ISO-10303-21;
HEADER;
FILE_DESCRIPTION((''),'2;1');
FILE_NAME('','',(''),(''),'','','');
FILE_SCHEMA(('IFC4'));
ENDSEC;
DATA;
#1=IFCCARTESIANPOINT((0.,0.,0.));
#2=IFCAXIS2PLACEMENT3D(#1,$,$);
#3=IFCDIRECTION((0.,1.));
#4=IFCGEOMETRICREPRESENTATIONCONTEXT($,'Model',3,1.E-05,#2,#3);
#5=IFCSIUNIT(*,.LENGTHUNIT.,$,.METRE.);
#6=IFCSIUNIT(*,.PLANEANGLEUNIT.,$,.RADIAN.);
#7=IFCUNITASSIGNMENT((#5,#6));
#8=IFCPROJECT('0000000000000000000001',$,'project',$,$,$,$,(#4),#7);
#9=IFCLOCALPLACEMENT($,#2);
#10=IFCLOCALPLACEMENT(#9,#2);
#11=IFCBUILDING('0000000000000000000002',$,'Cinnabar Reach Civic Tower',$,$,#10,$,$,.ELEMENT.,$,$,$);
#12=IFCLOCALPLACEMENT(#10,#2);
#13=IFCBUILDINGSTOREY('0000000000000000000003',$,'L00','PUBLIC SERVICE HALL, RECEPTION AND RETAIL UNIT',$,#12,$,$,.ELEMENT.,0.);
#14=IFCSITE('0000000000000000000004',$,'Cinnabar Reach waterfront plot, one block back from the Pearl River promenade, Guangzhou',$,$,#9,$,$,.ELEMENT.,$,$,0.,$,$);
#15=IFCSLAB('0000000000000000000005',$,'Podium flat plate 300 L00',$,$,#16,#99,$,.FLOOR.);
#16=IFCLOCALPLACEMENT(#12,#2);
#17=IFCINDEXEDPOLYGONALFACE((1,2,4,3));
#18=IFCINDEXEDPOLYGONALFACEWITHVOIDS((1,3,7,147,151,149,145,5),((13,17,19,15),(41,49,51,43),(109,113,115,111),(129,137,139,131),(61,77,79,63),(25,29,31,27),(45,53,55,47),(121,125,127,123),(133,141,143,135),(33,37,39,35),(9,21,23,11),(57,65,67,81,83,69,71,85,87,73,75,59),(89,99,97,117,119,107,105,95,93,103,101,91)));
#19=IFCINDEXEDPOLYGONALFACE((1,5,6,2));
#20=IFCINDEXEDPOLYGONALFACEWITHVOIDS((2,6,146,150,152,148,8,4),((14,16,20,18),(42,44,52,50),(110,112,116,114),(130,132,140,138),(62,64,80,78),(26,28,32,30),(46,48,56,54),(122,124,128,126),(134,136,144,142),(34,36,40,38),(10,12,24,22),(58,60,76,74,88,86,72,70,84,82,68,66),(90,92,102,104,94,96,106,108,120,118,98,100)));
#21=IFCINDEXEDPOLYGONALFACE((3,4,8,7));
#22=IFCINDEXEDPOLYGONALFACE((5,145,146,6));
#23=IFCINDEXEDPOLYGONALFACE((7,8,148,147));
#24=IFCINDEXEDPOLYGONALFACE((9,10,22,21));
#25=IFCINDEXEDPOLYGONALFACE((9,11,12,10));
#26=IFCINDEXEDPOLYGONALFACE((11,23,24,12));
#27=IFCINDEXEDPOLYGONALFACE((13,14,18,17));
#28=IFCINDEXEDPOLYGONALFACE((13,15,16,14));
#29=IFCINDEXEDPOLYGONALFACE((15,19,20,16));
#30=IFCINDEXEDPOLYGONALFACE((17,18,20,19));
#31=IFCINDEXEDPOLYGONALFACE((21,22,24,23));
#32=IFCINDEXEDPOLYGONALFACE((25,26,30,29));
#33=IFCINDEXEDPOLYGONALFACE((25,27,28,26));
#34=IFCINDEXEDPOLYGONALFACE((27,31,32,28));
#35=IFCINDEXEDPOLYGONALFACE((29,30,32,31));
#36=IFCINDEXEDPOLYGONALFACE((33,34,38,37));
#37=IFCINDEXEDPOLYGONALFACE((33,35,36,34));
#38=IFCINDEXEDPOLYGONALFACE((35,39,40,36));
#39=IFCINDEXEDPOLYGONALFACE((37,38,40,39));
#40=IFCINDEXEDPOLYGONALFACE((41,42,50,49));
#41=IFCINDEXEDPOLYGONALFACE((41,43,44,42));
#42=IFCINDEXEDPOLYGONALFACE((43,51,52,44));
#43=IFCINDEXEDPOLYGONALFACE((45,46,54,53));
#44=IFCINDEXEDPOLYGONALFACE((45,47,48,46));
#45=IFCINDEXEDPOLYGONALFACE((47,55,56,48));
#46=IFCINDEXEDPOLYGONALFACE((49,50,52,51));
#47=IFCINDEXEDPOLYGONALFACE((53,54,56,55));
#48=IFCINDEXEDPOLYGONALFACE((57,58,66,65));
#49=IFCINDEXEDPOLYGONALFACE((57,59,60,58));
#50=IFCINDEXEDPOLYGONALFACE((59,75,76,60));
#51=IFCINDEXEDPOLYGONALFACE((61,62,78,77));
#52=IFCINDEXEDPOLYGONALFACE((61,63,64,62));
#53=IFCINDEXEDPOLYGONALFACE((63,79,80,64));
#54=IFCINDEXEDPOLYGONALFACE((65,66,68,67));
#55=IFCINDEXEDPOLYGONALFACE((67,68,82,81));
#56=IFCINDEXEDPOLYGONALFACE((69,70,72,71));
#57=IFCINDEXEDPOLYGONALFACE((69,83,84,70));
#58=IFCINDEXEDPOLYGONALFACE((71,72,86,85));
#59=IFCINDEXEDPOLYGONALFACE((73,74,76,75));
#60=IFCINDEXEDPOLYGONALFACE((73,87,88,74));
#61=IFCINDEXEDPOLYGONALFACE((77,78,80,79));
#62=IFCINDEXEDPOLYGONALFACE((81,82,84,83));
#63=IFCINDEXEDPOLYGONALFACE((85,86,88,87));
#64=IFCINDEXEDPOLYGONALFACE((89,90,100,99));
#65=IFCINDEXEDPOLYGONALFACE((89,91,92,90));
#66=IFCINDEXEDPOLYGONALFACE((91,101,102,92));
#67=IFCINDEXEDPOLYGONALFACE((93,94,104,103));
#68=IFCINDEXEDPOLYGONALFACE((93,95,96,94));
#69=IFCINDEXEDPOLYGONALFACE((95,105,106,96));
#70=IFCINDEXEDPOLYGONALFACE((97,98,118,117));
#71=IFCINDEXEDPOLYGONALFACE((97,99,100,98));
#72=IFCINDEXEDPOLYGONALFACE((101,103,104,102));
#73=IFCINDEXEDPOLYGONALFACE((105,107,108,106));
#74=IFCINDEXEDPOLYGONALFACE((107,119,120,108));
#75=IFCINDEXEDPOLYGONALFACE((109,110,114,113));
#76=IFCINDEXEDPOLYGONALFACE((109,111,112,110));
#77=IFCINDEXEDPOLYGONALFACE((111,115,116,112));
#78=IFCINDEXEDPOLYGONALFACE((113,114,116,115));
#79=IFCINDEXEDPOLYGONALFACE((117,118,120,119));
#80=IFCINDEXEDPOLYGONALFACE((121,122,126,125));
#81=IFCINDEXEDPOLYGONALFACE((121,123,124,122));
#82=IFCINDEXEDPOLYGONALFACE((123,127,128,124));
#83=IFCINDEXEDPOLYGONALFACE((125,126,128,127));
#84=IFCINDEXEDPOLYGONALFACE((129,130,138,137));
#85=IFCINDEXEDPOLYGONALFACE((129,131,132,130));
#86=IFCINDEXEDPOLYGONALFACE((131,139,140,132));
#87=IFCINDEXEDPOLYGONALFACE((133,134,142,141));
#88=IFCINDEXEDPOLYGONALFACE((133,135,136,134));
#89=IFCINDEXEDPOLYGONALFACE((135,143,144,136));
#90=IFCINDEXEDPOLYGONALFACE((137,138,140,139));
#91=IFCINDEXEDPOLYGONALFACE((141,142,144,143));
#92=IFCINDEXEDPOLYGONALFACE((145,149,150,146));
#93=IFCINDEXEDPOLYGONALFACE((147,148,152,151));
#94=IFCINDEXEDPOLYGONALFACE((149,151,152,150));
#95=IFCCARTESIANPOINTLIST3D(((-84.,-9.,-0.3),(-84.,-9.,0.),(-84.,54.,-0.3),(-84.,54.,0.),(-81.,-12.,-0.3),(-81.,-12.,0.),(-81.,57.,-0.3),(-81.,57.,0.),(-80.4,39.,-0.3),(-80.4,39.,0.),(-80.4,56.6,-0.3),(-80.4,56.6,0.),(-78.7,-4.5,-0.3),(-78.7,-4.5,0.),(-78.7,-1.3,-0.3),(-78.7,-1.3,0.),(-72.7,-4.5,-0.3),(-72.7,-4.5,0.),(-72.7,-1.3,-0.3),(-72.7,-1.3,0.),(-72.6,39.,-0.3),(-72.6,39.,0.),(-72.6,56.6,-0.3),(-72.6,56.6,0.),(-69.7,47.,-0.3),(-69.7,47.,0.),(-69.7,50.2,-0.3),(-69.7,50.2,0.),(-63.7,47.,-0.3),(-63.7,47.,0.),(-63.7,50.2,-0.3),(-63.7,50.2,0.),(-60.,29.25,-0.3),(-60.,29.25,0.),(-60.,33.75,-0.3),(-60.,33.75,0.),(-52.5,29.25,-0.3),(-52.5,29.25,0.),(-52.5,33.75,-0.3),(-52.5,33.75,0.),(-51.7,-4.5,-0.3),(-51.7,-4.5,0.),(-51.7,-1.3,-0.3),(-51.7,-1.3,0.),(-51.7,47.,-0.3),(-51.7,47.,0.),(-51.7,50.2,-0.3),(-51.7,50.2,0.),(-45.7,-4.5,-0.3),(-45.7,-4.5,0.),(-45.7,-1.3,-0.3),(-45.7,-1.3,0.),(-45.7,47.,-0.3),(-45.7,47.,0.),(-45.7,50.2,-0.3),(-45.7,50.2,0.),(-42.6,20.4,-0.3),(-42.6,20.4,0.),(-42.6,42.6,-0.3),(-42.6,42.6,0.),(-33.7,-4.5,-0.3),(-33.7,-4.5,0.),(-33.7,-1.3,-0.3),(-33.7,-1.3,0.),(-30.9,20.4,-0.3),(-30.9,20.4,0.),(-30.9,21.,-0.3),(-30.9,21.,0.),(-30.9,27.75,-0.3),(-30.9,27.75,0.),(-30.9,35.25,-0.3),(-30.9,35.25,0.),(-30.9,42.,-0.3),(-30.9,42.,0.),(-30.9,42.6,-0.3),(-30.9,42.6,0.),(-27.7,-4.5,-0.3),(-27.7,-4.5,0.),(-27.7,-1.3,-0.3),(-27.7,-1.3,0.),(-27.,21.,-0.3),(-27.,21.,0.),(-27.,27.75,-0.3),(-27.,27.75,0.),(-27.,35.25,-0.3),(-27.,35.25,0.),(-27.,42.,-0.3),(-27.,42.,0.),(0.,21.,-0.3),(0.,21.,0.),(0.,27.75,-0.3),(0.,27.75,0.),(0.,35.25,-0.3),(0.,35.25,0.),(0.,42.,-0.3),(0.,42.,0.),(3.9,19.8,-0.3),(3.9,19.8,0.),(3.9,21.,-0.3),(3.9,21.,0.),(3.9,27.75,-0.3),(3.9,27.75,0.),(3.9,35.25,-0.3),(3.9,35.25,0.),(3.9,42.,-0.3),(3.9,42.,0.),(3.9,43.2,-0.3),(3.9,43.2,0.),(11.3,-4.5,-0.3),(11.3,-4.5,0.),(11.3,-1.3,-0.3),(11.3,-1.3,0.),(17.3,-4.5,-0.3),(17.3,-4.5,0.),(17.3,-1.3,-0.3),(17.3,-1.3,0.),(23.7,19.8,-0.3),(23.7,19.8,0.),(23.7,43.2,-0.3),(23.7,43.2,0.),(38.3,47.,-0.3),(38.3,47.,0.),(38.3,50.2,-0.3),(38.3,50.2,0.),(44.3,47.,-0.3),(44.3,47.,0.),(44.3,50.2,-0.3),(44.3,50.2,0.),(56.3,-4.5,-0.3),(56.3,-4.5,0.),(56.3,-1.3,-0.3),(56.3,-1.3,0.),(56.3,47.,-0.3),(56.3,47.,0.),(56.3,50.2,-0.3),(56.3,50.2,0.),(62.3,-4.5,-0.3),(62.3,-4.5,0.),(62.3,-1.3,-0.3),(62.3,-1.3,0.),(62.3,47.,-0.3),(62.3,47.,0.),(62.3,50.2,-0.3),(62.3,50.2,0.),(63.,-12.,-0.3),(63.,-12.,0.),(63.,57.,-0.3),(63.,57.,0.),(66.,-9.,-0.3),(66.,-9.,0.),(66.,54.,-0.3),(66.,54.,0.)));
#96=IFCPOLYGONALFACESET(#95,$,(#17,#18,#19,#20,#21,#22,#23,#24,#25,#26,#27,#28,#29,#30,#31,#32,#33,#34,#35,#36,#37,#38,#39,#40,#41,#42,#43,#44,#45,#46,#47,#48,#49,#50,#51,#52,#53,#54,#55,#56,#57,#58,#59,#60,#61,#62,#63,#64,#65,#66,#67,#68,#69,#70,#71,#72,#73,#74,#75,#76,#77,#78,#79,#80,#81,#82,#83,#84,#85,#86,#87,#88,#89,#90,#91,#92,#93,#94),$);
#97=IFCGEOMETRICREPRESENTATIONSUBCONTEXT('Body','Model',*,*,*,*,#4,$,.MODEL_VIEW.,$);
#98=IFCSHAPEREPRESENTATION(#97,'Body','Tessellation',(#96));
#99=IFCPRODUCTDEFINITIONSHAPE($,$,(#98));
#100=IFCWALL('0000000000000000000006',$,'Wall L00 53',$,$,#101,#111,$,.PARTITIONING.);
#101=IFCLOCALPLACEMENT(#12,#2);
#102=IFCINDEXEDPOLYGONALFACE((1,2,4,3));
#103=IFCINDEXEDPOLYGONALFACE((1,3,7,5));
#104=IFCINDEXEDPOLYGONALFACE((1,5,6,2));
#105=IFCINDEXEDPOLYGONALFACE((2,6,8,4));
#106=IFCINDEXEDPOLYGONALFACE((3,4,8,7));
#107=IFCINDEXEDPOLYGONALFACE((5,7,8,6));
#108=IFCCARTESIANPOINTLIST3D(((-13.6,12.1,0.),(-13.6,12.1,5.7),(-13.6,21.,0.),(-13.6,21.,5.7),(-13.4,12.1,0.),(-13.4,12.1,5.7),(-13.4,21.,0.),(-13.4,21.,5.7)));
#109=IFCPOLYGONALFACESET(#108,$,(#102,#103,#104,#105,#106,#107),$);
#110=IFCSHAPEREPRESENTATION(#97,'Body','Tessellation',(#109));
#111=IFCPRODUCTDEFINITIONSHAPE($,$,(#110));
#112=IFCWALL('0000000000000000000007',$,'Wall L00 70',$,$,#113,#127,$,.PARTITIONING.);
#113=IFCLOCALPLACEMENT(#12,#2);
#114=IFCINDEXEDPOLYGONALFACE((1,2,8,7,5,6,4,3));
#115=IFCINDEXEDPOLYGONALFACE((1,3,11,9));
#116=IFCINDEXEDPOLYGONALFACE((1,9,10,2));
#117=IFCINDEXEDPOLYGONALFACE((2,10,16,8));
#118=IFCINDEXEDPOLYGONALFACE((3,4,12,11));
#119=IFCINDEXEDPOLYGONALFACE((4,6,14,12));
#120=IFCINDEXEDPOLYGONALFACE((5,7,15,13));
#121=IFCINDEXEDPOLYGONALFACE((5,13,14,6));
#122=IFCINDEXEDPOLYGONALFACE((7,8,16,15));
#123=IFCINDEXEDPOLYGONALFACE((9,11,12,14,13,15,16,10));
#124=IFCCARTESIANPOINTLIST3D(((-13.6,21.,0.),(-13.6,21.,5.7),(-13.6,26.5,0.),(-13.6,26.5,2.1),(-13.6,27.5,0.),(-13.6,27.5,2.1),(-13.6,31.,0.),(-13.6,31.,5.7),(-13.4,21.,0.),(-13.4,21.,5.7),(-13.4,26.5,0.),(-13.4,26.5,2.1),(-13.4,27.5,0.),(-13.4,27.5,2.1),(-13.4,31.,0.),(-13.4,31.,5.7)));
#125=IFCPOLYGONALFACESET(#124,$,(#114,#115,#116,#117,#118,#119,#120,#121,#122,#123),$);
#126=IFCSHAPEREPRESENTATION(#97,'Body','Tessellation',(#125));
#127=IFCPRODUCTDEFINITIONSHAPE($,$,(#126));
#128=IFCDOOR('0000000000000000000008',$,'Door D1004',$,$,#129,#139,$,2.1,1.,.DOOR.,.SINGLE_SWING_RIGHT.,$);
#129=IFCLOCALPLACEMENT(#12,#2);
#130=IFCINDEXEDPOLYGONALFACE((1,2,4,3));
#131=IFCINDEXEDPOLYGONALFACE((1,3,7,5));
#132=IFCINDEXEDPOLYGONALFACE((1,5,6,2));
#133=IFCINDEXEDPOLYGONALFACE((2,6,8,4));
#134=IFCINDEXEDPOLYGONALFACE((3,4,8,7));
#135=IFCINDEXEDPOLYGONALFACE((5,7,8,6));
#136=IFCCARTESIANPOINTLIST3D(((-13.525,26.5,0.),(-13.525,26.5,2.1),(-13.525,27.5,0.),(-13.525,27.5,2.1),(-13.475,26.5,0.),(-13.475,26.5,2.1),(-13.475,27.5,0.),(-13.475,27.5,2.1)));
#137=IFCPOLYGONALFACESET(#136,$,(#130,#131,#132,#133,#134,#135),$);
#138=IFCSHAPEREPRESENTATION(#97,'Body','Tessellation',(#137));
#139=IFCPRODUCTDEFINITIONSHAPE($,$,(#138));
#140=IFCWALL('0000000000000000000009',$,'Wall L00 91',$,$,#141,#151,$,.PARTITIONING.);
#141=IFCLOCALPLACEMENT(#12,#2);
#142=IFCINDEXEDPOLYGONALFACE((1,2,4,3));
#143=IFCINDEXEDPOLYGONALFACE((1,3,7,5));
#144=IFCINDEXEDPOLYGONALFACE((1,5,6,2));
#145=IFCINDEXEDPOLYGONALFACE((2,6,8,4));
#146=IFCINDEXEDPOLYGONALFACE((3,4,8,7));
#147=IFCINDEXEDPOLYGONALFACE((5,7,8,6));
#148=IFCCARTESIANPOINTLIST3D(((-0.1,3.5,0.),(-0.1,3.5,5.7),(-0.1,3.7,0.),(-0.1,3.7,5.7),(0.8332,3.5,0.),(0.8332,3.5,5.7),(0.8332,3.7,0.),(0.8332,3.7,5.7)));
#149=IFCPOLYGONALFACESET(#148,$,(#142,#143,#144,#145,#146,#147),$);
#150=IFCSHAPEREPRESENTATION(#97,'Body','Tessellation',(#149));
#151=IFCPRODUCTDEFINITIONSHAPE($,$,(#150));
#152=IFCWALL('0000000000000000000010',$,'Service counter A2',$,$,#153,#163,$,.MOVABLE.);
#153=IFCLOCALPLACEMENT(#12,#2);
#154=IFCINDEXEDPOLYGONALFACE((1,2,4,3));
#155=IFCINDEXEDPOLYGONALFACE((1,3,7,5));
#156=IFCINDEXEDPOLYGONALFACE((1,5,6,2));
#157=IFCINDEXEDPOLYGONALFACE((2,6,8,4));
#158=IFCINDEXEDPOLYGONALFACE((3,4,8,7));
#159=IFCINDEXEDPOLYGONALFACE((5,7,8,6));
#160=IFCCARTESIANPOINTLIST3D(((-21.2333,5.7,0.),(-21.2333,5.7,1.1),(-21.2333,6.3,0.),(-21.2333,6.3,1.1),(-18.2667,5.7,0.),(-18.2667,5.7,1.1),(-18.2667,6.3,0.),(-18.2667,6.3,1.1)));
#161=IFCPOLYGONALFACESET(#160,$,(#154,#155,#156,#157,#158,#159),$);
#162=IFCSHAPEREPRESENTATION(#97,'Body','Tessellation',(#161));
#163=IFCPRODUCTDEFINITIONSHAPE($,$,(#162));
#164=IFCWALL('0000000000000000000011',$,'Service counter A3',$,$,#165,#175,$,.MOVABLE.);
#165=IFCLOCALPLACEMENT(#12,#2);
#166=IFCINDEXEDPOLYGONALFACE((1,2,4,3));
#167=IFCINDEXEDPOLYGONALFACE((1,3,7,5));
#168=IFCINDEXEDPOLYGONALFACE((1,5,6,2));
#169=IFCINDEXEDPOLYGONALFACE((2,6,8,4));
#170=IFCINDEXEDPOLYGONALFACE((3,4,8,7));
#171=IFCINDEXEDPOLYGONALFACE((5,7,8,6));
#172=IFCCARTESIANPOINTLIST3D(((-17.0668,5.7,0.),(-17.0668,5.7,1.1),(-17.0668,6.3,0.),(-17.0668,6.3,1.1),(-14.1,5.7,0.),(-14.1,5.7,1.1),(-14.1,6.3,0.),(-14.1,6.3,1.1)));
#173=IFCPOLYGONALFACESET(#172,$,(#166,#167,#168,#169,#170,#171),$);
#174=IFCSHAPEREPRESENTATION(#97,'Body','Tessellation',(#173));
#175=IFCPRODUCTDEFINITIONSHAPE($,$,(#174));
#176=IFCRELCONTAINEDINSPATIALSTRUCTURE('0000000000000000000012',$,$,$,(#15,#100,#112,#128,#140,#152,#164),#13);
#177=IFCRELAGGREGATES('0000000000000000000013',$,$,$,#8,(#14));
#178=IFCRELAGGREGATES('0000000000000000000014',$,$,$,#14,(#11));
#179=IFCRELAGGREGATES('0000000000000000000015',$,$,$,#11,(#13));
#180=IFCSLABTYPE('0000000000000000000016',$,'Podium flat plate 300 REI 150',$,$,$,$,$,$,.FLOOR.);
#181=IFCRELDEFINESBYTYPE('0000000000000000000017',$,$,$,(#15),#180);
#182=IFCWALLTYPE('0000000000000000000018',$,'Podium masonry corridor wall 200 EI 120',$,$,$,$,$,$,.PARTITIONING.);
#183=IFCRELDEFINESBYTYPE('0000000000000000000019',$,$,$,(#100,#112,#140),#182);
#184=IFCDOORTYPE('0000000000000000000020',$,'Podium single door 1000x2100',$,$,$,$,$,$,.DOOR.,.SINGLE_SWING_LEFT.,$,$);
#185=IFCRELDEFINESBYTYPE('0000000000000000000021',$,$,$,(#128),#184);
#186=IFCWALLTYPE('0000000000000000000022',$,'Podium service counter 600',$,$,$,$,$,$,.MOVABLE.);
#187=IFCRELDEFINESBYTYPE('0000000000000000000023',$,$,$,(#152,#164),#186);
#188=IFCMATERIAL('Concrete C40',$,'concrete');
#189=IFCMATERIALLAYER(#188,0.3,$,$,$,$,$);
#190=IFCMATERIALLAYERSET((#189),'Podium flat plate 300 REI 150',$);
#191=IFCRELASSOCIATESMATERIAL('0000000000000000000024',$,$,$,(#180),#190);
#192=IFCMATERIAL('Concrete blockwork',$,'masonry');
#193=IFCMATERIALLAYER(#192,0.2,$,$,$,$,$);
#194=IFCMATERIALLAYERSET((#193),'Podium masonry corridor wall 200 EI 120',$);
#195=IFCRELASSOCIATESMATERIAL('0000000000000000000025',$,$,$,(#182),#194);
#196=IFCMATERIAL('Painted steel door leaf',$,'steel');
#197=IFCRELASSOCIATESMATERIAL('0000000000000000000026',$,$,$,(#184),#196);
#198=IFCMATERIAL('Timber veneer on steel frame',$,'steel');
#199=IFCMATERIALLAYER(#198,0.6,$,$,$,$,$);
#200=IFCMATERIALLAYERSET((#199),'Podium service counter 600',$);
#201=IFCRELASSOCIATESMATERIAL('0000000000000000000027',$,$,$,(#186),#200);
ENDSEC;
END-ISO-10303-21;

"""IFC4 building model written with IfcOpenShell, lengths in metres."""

from ifc_helpers import new_model, si_unit, direction, frame, frame_2d, origin, place, context, subcontext, project, spatial, polyline, rectangle, outline, extrude, material, layer, layer_set, type_object, element, fill, save


model = new_model("IFC4")

# Units and contexts
model_context = context("Model", 3, precision=1e-05, world=origin(), true_north=direction((0.0, 1.0)))
body_context = subcontext(model_context, "Body", "Model", "MODEL_VIEW")
ifc_project = project(units=[si_unit("LENGTHUNIT", "METRE"), si_unit("PLANEANGLEUNIT", "RADIAN")], contexts=[model_context])

# Site, building, storey
site_placement = place(None, origin())
site = spatial("IfcSite", under=ifc_project, at=site_placement, Name="Cinnabar Reach waterfront plot, one block back from the Pearl River promenade, Guangzhou", CompositionType="ELEMENT", RefElevation=0.0)
building_placement = place(site_placement, origin())
building = spatial("IfcBuilding", under=site, at=building_placement, Name="Cinnabar Reach Civic Tower", CompositionType="ELEMENT")
storey_placement = place(building_placement, origin())
storey = spatial("IfcBuildingStorey", under=building, at=storey_placement, Name="L00", Description="PUBLIC SERVICE HALL, RECEPTION AND RETAIL UNIT", CompositionType="ELEMENT", Elevation=0.0)

# Slab
ifc_material_1 = material(Name="Concrete C40", Category="concrete")
ifc_layer_1 = layer(ifc_material_1, 0.3)
ifc_layer_set_1 = layer_set([ifc_layer_1], Name="Podium flat plate 300 REI 150")
slab_type_1 = type_object("IfcSlabType", Name="Podium flat plate 300 REI 150", PredefinedType="FLOOR", material=ifc_layer_set_1)
slab_1_placement = place(storey_placement, frame((0.0, 0.0, -0.3)))
element("IfcSlab", 1, at=slab_1_placement, inside=storey, type_object=slab_type_1, Name="Podium flat plate 300 L00", PredefinedType="FLOOR", context=body_context, shape_type="SweptSolid", body=[
    extrude(outline(polyline([(-84.0, -9.0), (-84.0, 54.0), (-81.0, 57.0), (63.0, 57.0), (66.0, 54.0), (66.0, -9.0), (63.0, -12.0), (-81.0, -12.0), (-84.0, -9.0)]), holes=[polyline([(-78.7, -1.3), (-78.7, -4.5), (-72.7, -4.5), (-72.7, -1.3), (-78.7, -1.3)]), polyline([(-45.7, -1.3), (-51.7, -1.3), (-51.7, -4.5), (-45.7, -4.5), (-45.7, -1.3)]), polyline([(-52.5, 33.75), (-60.0, 33.75), (-60.0, 29.25), (-52.5, 29.25), (-52.5, 33.75)]), polyline([(-30.9, 20.4), (-30.9, 21.0), (-27.0, 21.0), (-27.0, 27.75), (-30.9, 27.75), (-30.9, 35.25), (-27.0, 35.25), (-27.0, 42.0), (-30.9, 42.0), (-30.9, 42.6), (-42.6, 42.6), (-42.6, 20.4), (-30.9, 20.4)]), polyline([(-72.6, 56.6), (-80.4, 56.6), (-80.4, 39.0), (-72.6, 39.0), (-72.6, 56.6)]), polyline([(-63.7, 50.2), (-69.7, 50.2), (-69.7, 47.0), (-63.7, 47.0), (-63.7, 50.2)]), polyline([(-51.7, 50.2), (-51.7, 47.0), (-45.7, 47.0), (-45.7, 50.2), (-51.7, 50.2)]), polyline([(-27.7, -1.3), (-33.7, -1.3), (-33.7, -4.5), (-27.7, -4.5), (-27.7, -1.3)]), polyline([(17.3, -1.3), (11.3, -1.3), (11.3, -4.5), (17.3, -4.5), (17.3, -1.3)]), polyline([(62.3, -1.3), (56.3, -1.3), (56.3, -4.5), (62.3, -4.5), (62.3, -1.3)]), polyline([(3.9, 42.0), (0.0, 42.0), (0.0, 35.25), (3.9, 35.25), (3.9, 27.75), (0.0, 27.75), (0.0, 21.0), (3.9, 21.0), (3.9, 19.8), (23.7, 19.8), (23.7, 43.2), (3.9, 43.2), (3.9, 42.0)]), polyline([(44.3, 47.0), (44.3, 50.2), (38.3, 50.2), (38.3, 47.0), (44.3, 47.0)]), polyline([(62.3, 47.0), (62.3, 50.2), (56.3, 50.2), (56.3, 47.0), (62.3, 47.0)])]), origin(), (0.0, 0.0, 1.0), 0.3),
])

# Wall
ifc_material_2 = material(Name="Concrete blockwork", Category="masonry")
ifc_layer_2 = layer(ifc_material_2, 0.2)
ifc_layer_set_2 = layer_set([ifc_layer_2], Name="Podium masonry corridor wall 200 EI 120")
wall_type_1 = type_object("IfcWallType", Name="Podium masonry corridor wall 200 EI 120", PredefinedType="PARTITIONING", material=ifc_layer_set_2)
wall_1_placement = place(storey_placement, frame((-13.5, 12.1, 0.0), z_axis=(0.0, 0.0, 1.0), x_axis=(0.0, 1.0, 0.0)))
element("IfcWall", 2, at=wall_1_placement, inside=storey, type_object=wall_type_1, Name="Wall L00 53", PredefinedType="PARTITIONING", context=body_context, shape_type="SweptSolid", body=[
    extrude(rectangle(XDim=8.9, YDim=0.2, at=frame_2d((4.45, 0.0))), origin(), (0.0, 0.0, 1.0), 5.7),
])

# Wall, opening, door
wall_2_placement = place(storey_placement, frame((-13.5, 21.0, 0.0), z_axis=(0.0, 0.0, 1.0), x_axis=(0.0, 1.0, 0.0)))
wall_2 = element("IfcWall", 3, at=wall_2_placement, inside=storey, type_object=wall_type_1, Name="Wall L00 70", PredefinedType="PARTITIONING", context=body_context, shape_type="SweptSolid", body=[
    extrude(rectangle(XDim=10.0, YDim=0.2, at=frame_2d((5.0, 0.0))), origin(), (0.0, 0.0, 1.0), 5.7),
])
opening_placement = place(wall_2_placement, frame((5.5, 0.0, 0.0)))
opening = element("IfcOpeningElement", 4, at=opening_placement, cuts=wall_2, PredefinedType="OPENING", context=body_context, shape_type="SweptSolid", body=[
    extrude(rectangle(XDim=1.0, YDim=2.1, at=frame_2d((0.5, 1.05))), frame((0.0, 0.11, 0.0), z_axis=(0.0, -1.0, 0.0), x_axis=(1.0, 0.0, 0.0)), (0.0, 0.0, 1.0), 0.22),
])
ifc_material_3 = material(Name="Painted steel door leaf", Category="steel")
door_type = type_object("IfcDoorType", Name="Podium single door 1000x2100", OperationType="SINGLE_SWING_LEFT", PredefinedType="DOOR", material=ifc_material_3)
door_placement = place(opening_placement, origin())
door = element("IfcDoor", 5, at=door_placement, inside=storey, type_object=door_type, Name="Door D1004", OperationType="SINGLE_SWING_RIGHT", OverallHeight=2.1, OverallWidth=1.0, PredefinedType="DOOR", context=body_context, shape_type="SweptSolid", body=[
    extrude(rectangle(XDim=1.0, YDim=2.1, at=frame_2d((0.5, 1.05))), frame((0.0, 0.025, 0.0), z_axis=(0.0, -1.0, 0.0), x_axis=(1.0, 0.0, 0.0)), (0.0, 0.0, 1.0), 0.05),
])
fill(opening, door)

# Walls
wall_3_placement = place(storey_placement, frame((-0.1, 3.6, 0.0), z_axis=(0.0, 0.0, 1.0), x_axis=(1.0, 0.0, 0.0)))
element("IfcWall", 6, at=wall_3_placement, inside=storey, type_object=wall_type_1, Name="Wall L00 91", PredefinedType="PARTITIONING", context=body_context, shape_type="SweptSolid", body=[
    extrude(rectangle(XDim=0.9331, YDim=0.2, at=frame_2d((0.4666, 0.0))), origin(), (0.0, 0.0, 1.0), 5.7),
])
ifc_material_4 = material(Name="Timber veneer on steel frame", Category="steel")
ifc_layer_3 = layer(ifc_material_4, 0.6)
ifc_layer_set_3 = layer_set([ifc_layer_3], Name="Podium service counter 600")
wall_type_2 = type_object("IfcWallType", Name="Podium service counter 600", PredefinedType="MOVABLE", material=ifc_layer_set_3)
wall_4_placement = place(storey_placement, frame((-21.2333, 6.0, 0.0), z_axis=(0.0, 0.0, 1.0), x_axis=(1.0, 0.0, 0.0)))
element("IfcWall", 7, at=wall_4_placement, inside=storey, type_object=wall_type_2, Name="Service counter A2", PredefinedType="MOVABLE", context=body_context, shape_type="SweptSolid", body=[
    extrude(rectangle(XDim=2.9666, YDim=0.6, at=frame_2d((1.4833, 0.0))), origin(), (0.0, 0.0, 1.0), 1.1),
])
for number, where, z_axis, x_axis, name in (
    (8, (-17.0667, 6.0, 0.0), (0.0, 0.0, 1.0), (1.0, 0.0, 0.0), "Service counter A3"),
):
    element("IfcWall", number, at=place(storey_placement, frame(where, z_axis=z_axis, x_axis=x_axis)), inside=storey, type_object=wall_type_2, Name=name, PredefinedType="MOVABLE", context=body_context, shape_type="SweptSolid", body=[
        extrude(rectangle(XDim=2.9667, YDim=0.6, at=frame_2d((1.4833, 0.0))), origin(), (0.0, 0.0, 1.0), 1.1),
    ])

save(model, "model.ifc")
